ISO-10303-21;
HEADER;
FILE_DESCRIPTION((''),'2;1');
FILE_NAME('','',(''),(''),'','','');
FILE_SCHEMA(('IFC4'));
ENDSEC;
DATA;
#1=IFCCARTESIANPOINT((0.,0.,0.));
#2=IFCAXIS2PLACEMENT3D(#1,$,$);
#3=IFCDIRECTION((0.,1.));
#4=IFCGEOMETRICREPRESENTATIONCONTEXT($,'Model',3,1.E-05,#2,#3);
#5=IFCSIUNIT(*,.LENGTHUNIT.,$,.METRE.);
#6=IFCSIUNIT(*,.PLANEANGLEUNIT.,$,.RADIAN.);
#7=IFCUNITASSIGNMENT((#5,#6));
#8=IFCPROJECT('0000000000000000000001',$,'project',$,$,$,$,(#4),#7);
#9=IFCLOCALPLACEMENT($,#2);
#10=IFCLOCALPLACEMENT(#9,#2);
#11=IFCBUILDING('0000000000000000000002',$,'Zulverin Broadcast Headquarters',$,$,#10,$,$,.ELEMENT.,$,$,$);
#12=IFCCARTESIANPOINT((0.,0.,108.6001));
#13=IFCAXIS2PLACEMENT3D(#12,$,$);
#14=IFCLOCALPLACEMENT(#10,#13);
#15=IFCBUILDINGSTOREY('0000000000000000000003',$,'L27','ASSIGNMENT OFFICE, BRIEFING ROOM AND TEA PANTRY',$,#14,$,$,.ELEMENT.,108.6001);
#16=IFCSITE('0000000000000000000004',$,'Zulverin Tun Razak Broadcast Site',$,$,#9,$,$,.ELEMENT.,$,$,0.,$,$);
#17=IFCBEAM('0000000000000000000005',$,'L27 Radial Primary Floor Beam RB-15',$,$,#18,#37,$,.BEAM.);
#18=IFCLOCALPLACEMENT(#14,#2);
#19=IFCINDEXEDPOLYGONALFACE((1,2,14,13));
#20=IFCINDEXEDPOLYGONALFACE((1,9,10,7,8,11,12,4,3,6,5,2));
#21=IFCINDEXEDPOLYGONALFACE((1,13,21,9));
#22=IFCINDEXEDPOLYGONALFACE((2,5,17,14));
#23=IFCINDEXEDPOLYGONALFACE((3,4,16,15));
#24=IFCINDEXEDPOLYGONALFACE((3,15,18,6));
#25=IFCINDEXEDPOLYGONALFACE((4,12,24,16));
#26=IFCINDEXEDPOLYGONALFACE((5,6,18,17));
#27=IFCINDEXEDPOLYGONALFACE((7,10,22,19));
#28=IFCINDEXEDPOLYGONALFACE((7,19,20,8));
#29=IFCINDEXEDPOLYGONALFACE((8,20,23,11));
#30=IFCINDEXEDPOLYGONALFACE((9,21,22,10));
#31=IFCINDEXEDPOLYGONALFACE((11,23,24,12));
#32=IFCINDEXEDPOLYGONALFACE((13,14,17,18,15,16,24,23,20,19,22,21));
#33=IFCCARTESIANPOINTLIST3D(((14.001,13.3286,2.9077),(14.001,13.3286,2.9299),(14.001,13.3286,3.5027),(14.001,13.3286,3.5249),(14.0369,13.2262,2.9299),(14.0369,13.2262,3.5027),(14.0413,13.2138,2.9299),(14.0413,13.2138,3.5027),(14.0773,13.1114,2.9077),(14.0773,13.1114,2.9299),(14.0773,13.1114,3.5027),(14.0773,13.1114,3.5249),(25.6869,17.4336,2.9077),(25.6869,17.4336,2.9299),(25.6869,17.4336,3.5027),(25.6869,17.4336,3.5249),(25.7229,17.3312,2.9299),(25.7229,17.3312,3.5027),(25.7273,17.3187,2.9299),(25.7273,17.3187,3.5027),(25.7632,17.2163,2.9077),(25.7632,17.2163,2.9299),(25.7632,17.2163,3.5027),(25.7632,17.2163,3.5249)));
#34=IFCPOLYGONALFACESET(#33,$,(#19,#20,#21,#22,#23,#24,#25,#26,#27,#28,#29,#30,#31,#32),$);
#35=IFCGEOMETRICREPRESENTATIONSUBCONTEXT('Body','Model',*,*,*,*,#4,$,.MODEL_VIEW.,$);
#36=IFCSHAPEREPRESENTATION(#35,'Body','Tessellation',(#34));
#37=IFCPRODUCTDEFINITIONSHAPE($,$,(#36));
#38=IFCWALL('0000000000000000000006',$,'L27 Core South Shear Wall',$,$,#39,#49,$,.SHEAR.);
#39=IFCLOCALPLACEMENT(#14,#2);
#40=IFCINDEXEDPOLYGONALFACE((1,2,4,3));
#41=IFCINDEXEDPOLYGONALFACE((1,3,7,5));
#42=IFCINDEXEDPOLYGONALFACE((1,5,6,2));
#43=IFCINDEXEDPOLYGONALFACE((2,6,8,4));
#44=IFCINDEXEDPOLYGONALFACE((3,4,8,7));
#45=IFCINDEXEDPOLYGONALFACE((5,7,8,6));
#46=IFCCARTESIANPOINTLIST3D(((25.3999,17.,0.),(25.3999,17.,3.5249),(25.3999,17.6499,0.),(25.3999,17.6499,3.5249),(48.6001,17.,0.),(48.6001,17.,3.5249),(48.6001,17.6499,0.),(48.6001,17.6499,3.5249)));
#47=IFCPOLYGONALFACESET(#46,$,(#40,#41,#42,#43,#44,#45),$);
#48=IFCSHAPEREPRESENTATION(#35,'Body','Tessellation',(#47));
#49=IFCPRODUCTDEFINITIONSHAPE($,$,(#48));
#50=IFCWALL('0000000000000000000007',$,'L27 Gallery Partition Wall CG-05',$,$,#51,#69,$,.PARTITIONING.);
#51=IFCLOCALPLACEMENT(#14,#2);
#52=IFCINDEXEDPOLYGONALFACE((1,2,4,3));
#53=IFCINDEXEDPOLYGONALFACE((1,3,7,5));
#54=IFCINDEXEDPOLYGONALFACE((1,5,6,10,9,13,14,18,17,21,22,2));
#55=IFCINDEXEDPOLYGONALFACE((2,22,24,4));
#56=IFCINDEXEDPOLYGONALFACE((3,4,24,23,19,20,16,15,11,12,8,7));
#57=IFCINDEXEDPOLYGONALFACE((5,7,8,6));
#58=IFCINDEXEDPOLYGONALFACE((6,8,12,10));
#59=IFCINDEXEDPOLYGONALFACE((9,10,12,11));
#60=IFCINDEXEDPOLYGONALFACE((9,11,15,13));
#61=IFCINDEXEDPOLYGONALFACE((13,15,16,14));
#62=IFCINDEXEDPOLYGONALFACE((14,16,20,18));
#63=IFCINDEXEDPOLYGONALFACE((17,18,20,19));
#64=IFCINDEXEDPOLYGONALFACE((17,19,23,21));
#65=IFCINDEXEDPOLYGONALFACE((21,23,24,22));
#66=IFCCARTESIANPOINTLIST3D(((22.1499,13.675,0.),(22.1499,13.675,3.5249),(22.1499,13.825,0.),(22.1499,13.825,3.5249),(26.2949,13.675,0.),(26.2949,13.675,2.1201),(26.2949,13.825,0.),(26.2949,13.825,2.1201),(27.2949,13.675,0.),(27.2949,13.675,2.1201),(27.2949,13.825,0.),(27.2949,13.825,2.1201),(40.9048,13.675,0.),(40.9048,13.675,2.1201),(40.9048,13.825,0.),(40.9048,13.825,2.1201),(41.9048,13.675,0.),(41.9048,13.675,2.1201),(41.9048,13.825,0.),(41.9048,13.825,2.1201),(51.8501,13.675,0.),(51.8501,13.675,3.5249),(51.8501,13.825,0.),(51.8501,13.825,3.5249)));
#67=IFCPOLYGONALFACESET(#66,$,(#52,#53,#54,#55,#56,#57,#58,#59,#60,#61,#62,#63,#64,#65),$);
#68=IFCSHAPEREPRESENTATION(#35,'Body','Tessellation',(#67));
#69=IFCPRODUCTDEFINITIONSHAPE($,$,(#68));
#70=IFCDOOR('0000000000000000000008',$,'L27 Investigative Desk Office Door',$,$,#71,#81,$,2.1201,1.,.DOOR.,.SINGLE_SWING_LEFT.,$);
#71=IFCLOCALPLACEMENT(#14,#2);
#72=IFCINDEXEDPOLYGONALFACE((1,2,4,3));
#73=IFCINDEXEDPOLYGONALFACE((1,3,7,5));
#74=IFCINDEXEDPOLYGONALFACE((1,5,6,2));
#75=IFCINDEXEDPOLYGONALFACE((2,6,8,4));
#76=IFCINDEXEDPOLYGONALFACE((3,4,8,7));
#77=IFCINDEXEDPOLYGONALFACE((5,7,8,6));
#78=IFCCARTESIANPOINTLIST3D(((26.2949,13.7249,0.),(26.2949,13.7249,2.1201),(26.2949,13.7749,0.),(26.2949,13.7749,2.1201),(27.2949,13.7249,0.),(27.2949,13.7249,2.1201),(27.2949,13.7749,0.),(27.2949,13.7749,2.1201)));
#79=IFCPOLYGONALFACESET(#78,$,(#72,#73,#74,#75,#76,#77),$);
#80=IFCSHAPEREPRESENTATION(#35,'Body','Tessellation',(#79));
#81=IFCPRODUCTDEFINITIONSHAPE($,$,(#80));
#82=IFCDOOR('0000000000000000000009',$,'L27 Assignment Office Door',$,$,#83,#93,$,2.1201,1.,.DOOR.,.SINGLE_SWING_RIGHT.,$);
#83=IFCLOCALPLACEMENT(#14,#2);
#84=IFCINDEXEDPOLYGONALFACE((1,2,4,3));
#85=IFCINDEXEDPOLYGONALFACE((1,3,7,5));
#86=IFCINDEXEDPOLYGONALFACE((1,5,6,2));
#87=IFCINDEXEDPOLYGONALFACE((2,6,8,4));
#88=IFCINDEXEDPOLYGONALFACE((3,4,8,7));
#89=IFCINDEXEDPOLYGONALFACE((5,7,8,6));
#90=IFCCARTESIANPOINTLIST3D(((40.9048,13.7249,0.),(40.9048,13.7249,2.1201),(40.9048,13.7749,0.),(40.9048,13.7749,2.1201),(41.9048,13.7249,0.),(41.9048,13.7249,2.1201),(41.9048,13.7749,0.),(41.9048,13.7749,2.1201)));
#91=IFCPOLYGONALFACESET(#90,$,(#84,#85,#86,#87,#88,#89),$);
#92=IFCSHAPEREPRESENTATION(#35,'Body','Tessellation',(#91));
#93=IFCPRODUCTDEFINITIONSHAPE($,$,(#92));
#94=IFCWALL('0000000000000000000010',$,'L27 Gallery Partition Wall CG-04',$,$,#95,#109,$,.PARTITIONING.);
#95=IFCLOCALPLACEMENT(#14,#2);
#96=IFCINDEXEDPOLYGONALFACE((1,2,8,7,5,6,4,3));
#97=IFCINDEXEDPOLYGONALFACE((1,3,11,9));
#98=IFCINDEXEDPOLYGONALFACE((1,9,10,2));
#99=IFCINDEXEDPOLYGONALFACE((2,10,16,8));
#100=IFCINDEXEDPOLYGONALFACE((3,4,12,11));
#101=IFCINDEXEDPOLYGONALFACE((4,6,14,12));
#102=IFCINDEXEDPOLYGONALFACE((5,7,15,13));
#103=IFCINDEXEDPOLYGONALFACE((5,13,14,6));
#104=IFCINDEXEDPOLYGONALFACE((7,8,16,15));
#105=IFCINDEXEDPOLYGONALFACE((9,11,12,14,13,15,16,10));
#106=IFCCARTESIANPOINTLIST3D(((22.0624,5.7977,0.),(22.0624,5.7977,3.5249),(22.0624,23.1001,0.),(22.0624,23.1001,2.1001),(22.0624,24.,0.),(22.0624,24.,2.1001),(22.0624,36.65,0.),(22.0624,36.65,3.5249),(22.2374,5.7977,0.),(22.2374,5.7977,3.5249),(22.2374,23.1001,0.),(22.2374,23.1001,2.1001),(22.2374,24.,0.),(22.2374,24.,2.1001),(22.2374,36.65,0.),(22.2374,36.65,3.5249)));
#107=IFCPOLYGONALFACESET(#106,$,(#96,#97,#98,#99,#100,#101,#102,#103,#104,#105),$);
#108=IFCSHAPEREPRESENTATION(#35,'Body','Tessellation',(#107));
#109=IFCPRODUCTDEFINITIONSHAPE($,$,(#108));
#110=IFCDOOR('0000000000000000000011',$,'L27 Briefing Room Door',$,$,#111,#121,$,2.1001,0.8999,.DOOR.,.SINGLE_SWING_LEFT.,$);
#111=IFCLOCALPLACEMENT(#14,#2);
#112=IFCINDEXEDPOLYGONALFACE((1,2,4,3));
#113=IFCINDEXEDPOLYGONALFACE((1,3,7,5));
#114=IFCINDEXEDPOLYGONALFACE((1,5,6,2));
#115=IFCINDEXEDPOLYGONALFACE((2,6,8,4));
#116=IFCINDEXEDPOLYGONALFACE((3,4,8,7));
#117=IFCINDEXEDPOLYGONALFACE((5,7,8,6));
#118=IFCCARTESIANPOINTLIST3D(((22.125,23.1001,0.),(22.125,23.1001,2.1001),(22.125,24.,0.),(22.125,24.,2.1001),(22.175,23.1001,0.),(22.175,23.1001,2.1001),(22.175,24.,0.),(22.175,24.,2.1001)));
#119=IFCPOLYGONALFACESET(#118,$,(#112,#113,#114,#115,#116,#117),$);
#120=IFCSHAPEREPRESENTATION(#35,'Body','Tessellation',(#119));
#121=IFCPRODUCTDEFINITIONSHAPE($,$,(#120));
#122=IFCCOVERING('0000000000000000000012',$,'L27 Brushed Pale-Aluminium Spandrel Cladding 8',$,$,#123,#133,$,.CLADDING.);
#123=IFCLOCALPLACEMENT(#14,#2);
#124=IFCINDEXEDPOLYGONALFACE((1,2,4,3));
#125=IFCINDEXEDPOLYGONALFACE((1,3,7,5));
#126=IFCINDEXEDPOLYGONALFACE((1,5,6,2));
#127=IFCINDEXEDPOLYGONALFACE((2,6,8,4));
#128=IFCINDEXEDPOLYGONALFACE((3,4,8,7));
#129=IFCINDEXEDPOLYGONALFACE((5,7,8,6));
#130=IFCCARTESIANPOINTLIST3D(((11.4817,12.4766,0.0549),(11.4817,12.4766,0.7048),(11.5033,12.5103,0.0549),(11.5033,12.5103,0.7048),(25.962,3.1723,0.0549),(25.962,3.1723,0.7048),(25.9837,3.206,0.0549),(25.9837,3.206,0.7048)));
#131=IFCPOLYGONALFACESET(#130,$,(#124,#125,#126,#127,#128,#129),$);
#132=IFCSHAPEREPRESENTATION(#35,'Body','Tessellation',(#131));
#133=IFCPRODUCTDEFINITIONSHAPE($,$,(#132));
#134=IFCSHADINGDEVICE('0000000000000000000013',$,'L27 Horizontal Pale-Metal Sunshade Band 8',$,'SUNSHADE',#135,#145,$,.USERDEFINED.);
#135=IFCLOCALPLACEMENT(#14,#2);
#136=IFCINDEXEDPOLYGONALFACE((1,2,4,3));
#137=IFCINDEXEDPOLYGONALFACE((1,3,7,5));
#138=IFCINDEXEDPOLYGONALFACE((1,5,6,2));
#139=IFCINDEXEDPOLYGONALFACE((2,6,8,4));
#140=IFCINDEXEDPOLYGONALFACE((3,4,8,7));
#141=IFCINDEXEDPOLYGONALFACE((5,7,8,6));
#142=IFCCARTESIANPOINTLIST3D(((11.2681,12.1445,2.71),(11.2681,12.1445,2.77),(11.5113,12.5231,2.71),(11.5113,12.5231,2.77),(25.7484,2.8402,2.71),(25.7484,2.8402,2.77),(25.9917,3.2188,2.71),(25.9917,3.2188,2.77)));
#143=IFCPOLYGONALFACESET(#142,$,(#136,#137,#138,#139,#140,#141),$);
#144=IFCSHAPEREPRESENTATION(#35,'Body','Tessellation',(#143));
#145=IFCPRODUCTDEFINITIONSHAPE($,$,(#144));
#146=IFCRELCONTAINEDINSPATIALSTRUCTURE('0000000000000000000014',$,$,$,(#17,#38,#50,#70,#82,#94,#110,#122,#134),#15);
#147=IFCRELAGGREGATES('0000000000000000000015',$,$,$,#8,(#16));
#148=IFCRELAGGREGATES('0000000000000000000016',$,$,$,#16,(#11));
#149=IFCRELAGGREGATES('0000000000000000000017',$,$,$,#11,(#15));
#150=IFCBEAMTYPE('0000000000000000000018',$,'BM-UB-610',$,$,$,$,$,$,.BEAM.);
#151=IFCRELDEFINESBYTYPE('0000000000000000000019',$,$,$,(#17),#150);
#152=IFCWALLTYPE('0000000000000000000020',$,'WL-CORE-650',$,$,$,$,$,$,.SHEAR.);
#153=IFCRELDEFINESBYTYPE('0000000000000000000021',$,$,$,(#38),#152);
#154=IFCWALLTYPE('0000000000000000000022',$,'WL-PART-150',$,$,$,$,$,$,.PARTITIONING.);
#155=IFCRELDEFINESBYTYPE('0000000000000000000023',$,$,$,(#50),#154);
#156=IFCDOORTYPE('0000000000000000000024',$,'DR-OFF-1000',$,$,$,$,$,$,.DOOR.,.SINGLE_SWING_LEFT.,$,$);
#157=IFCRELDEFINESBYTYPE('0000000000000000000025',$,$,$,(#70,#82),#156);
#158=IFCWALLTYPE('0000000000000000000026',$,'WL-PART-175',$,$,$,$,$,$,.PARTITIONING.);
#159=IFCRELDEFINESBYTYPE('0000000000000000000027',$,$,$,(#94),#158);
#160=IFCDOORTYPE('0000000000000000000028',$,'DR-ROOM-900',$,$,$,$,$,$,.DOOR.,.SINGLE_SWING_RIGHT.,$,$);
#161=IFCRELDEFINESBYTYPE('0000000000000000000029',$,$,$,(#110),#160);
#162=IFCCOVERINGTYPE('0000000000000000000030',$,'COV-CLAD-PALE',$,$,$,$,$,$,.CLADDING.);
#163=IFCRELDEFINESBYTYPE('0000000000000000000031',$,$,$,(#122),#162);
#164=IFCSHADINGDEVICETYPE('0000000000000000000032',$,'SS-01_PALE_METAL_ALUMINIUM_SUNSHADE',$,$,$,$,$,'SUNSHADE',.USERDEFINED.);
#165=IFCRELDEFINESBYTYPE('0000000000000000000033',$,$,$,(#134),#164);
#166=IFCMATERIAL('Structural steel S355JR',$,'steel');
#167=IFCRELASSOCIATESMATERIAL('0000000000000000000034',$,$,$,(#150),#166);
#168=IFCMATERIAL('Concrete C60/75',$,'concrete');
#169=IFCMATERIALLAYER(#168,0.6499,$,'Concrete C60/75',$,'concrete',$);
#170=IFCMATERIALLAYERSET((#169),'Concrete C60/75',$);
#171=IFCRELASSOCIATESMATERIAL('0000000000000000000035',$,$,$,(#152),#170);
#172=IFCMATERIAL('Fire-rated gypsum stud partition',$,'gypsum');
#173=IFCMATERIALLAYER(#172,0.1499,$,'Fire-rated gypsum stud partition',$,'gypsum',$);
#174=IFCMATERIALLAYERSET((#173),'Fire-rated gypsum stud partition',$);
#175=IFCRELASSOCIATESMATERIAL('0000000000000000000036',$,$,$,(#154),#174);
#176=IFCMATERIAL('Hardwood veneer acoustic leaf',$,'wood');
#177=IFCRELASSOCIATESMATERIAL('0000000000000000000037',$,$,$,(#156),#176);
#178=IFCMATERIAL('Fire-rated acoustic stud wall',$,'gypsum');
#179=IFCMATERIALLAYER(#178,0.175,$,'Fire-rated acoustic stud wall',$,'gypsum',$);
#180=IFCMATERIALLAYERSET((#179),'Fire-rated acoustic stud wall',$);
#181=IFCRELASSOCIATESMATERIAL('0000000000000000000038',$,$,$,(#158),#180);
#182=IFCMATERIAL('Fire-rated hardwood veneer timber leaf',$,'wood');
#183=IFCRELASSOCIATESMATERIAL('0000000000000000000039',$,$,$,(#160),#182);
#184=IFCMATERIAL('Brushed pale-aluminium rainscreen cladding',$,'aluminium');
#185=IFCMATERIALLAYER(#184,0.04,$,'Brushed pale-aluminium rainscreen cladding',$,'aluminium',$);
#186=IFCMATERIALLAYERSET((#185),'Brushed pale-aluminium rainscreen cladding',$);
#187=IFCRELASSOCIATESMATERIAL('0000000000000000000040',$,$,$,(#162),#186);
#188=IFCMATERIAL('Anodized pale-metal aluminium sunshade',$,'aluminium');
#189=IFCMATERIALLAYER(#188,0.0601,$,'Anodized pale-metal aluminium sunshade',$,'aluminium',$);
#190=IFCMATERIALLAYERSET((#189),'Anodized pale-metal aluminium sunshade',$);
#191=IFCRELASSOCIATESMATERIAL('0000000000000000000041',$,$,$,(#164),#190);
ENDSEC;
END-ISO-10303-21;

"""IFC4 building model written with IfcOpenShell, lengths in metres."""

from ifc_helpers import new_model, si_unit, direction, frame, frame_2d, origin, origin_2d, place, context, subcontext, project, spatial, rectangle, i_section, extrude, material, layer, layer_set, material_profile, profile_set, type_object, element, fill, save


model = new_model("IFC4")

# Units and contexts
model_context = context("Model", 3, precision=1e-05, world=origin(), true_north=direction((0.0, 1.0)))
body_context = subcontext(model_context, "Body", "Model", "MODEL_VIEW")
ifc_project = project(units=[si_unit("LENGTHUNIT", "METRE"), si_unit("PLANEANGLEUNIT", "RADIAN")], contexts=[model_context])

# Site, building, storey
site_placement = place(None, origin())
site = spatial("IfcSite", under=ifc_project, at=site_placement, Name="Zulverin Tun Razak Broadcast Site", CompositionType="ELEMENT", RefElevation=0.0)
building_placement = place(site_placement, origin())
building = spatial("IfcBuilding", under=site, at=building_placement, Name="Zulverin Broadcast Headquarters", CompositionType="ELEMENT")
storey_placement = place(building_placement, frame((0.0, 0.0, 108.6001)))
storey = spatial("IfcBuildingStorey", under=building, at=storey_placement, Name="L27", Description="ASSIGNMENT OFFICE, BRIEFING ROOM AND TEA PANTRY", CompositionType="ELEMENT", Elevation=108.6001)

# Shared definitions
ifc_material_1 = material(Name="Concrete C60/75", Category="concrete")

# Beam
ifc_material_2 = material(Name="Structural steel S355JR", Category="steel")
ifc_material_profile_1 = material_profile(ifc_material_2, i_section(OverallWidth=0.2302, OverallDepth=0.6172, WebThickness=0.0132, FlangeThickness=0.0222, at=origin_2d()), Name="Structural steel S355JR", Category="steel")
ifc_profile_set_1 = profile_set([ifc_material_profile_1], Name="Structural steel S355JR")
beam_type_1 = type_object("IfcBeamType", Name="BM-UB-610", PredefinedType="BEAM", material=ifc_profile_set_1)
beam_1_placement = place(storey_placement, frame((25.7251, 17.325, 3.2163), z_axis=(-0.943483, -0.33142, 0.0), x_axis=(0.33142, -0.943483, 0.0)))
element("IfcBeam", 1, at=beam_1_placement, inside=storey, type_object=beam_type_1, Name="L27 Radial Primary Floor Beam RB-15", PredefinedType="BEAM", context=body_context, shape_type="SweptSolid", body=[
    extrude(i_section(OverallWidth=0.2302, OverallDepth=0.6172, WebThickness=0.0132, FlangeThickness=0.0222, at=origin_2d()), origin(), (0.0, 0.0, 1.0), 12.386),
])

# Wall
ifc_layer_1 = layer(ifc_material_1, 0.6499, Name="Concrete C60/75", Category="concrete")
ifc_layer_set_1 = layer_set([ifc_layer_1], Name="Concrete C60/75")
wall_type_1 = type_object("IfcWallType", Name="WL-CORE-650", PredefinedType="SHEAR", material=ifc_layer_set_1)
wall_1_placement = place(storey_placement, frame((25.3999, 17.325, 0.0), z_axis=(0.0, 0.0, 1.0), x_axis=(1.0, 0.0, 0.0)))
element("IfcWall", 2, at=wall_1_placement, inside=storey, type_object=wall_type_1, Name="L27 Core South Shear Wall", PredefinedType="SHEAR", context=body_context, shape_type="SweptSolid", body=[
    extrude(rectangle(XDim=23.2002, YDim=0.6499, at=frame_2d((11.6001, 0.0))), origin(), (0.0, 0.0, 1.0), 3.5249),
])

# Wall, openings, doors
ifc_material_3 = material(Name="Fire-rated gypsum stud partition", Category="gypsum")
ifc_layer_2 = layer(ifc_material_3, 0.1499, Name="Fire-rated gypsum stud partition", Category="gypsum")
ifc_layer_set_2 = layer_set([ifc_layer_2], Name="Fire-rated gypsum stud partition")
wall_type_2 = type_object("IfcWallType", Name="WL-PART-150", PredefinedType="PARTITIONING", material=ifc_layer_set_2)
wall_2_placement = place(storey_placement, frame((22.1499, 13.75, 0.0), z_axis=(0.0, 0.0, 1.0), x_axis=(1.0, 0.0, 0.0)))
wall_2 = element("IfcWall", 3, at=wall_2_placement, inside=storey, type_object=wall_type_2, Name="L27 Gallery Partition Wall CG-05", PredefinedType="PARTITIONING", context=body_context, shape_type="SweptSolid", body=[
    extrude(rectangle(XDim=29.7002, YDim=0.1499, at=frame_2d((14.8501, 0.0))), origin(), (0.0, 0.0, 1.0), 3.5249),
])
opening_1_placement = place(wall_2_placement, frame((4.145, 0.0, 0.0)))
opening_1 = element("IfcOpeningElement", 4, at=opening_1_placement, cuts=wall_2, PredefinedType="OPENING", context=body_context, shape_type="SweptSolid", body=[
    extrude(rectangle(XDim=1.0, YDim=2.1201, at=frame_2d((0.5, 1.0601))), frame((0.0, 0.085, 0.0), z_axis=(0.0, -1.0, 0.0), x_axis=(1.0, 0.0, 0.0)), (0.0, 0.0, 1.0), 0.1699),
])
opening_2_placement = place(wall_2_placement, frame((18.7549, 0.0, 0.0)))
opening_2 = element("IfcOpeningElement", 5, at=opening_2_placement, cuts=wall_2, PredefinedType="OPENING", context=body_context, shape_type="SweptSolid", body=[
    extrude(rectangle(XDim=1.0, YDim=2.1201, at=frame_2d((0.5, 1.0601))), frame((0.0, 0.085, 0.0), z_axis=(0.0, -1.0, 0.0), x_axis=(1.0, 0.0, 0.0)), (0.0, 0.0, 1.0), 0.1699),
])
ifc_material_4 = material(Name="Hardwood veneer acoustic leaf", Category="wood")
door_type_1 = type_object("IfcDoorType", Name="DR-OFF-1000", OperationType="SINGLE_SWING_LEFT", PredefinedType="DOOR", material=ifc_material_4)
door_1_placement = place(opening_1_placement, origin())
door_1 = element("IfcDoor", 6, at=door_1_placement, inside=storey, type_object=door_type_1, Name="L27 Investigative Desk Office Door", OperationType="SINGLE_SWING_LEFT", OverallHeight=2.1201, OverallWidth=1.0, PredefinedType="DOOR", context=body_context, shape_type="SweptSolid", body=[
    extrude(rectangle(XDim=1.0, YDim=2.1201, at=frame_2d((0.5, 1.0601))), frame((0.0, 0.0249, 0.0), z_axis=(0.0, -1.0, 0.0), x_axis=(1.0, 0.0, 0.0)), (0.0, 0.0, 1.0), 0.05),
])
fill(opening_1, door_1)
door_2_placement = place(opening_2_placement, origin())
door_2 = element("IfcDoor", 7, at=door_2_placement, inside=storey, type_object=door_type_1, Name="L27 Assignment Office Door", OperationType="SINGLE_SWING_RIGHT", OverallHeight=2.1201, OverallWidth=1.0, PredefinedType="DOOR", context=body_context, shape_type="SweptSolid", body=[
    extrude(rectangle(XDim=1.0, YDim=2.1201, at=frame_2d((0.5, 1.0601))), frame((0.0, 0.0249, 0.0), z_axis=(0.0, -1.0, 0.0), x_axis=(1.0, 0.0, 0.0)), (0.0, 0.0, 1.0), 0.05),
])
fill(opening_2, door_2)

# Wall, opening, door
ifc_material_5 = material(Name="Fire-rated acoustic stud wall", Category="gypsum")
ifc_layer_3 = layer(ifc_material_5, 0.175, Name="Fire-rated acoustic stud wall", Category="gypsum")
ifc_layer_set_3 = layer_set([ifc_layer_3], Name="Fire-rated acoustic stud wall")
wall_type_3 = type_object("IfcWallType", Name="WL-PART-175", PredefinedType="PARTITIONING", material=ifc_layer_set_3)
wall_3_placement = place(storey_placement, frame((22.1499, 5.7976, 0.0), z_axis=(0.0, 0.0, 1.0), x_axis=(0.0, 1.0, 0.0)))
wall_3 = element("IfcWall", 8, at=wall_3_placement, inside=storey, type_object=wall_type_3, Name="L27 Gallery Partition Wall CG-04", PredefinedType="PARTITIONING", context=body_context, shape_type="SweptSolid", body=[
    extrude(rectangle(XDim=30.8523, YDim=0.175, at=frame_2d((15.4263, 0.0))), origin(), (0.0, 0.0, 1.0), 3.5249),
])
opening_3_placement = place(wall_3_placement, frame((17.3025, 0.0, 0.0)))
opening_3 = element("IfcOpeningElement", 9, at=opening_3_placement, cuts=wall_3, PredefinedType="OPENING", context=body_context, shape_type="SweptSolid", body=[
    extrude(rectangle(XDim=0.8999, YDim=2.1001, at=frame_2d((0.45, 1.05))), frame((0.0, 0.0974, 0.0), z_axis=(0.0, -1.0, 0.0), x_axis=(1.0, 0.0, 0.0)), (0.0, 0.0, 1.0), 0.1951),
])
ifc_material_6 = material(Name="Fire-rated hardwood veneer timber leaf", Category="wood")
door_type_2 = type_object("IfcDoorType", Name="DR-ROOM-900", OperationType="SINGLE_SWING_RIGHT", PredefinedType="DOOR", material=ifc_material_6)
door_3_placement = place(opening_3_placement, origin())
door_3 = element("IfcDoor", 10, at=door_3_placement, inside=storey, type_object=door_type_2, Name="L27 Briefing Room Door", OperationType="SINGLE_SWING_LEFT", OverallHeight=2.1001, OverallWidth=0.8999, PredefinedType="DOOR", context=body_context, shape_type="SweptSolid", body=[
    extrude(rectangle(XDim=0.8999, YDim=2.1001, at=frame_2d((0.45, 1.05))), frame((0.0, 0.0249, 0.0), z_axis=(0.0, -1.0, 0.0), x_axis=(1.0, 0.0, 0.0)), (0.0, 0.0, 1.0), 0.05),
])
fill(opening_3, door_3)

# Covering
ifc_material_7 = material(Name="Brushed pale-aluminium rainscreen cladding", Category="aluminium")
ifc_layer_4 = layer(ifc_material_7, 0.04, Name="Brushed pale-aluminium rainscreen cladding", Category="aluminium")
ifc_layer_set_4 = layer_set([ifc_layer_4], Name="Brushed pale-aluminium rainscreen cladding")
covering_type = type_object("IfcCoveringType", Name="COV-CLAD-PALE", PredefinedType="CLADDING", material=ifc_layer_set_4)
covering_placement = place(storey_placement, frame((18.7327, 7.8413, 0.0549), z_axis=(0.0, 0.0, 1.0), x_axis=(0.841297, -0.540574, 0.0)))
element("IfcCovering", 11, at=covering_placement, inside=storey, type_object=covering_type, Name="L27 Brushed Pale-Aluminium Spandrel Cladding 8", PredefinedType="CLADDING", context=body_context, shape_type="SweptSolid", body=[
    extrude(rectangle(XDim=17.2119, YDim=0.04, at=origin_2d()), origin(), (0.0, 0.0, 1.0), 0.6499),
])

# Shading device
ifc_material_8 = material(Name="Anodized pale-metal aluminium sunshade", Category="aluminium")
ifc_layer_5 = layer(ifc_material_8, 0.0601, Name="Anodized pale-metal aluminium sunshade", Category="aluminium")
ifc_layer_set_5 = layer_set([ifc_layer_5], Name="Anodized pale-metal aluminium sunshade")
shading_device_type = type_object("IfcShadingDeviceType", Name="SS-01_PALE_METAL_ALUMINIUM_SUNSHADE", ElementType="SUNSHADE", PredefinedType="USERDEFINED", material=ifc_layer_set_5)
shading_device_placement = place(storey_placement, frame((18.6299, 7.6816, 2.71), z_axis=(0.0, 0.0, 1.0), x_axis=(0.841297, -0.540574, 0.0)))
element("IfcShadingDevice", 12, at=shading_device_placement, inside=storey, type_object=shading_device_type, Name="L27 Horizontal Pale-Metal Sunshade Band 8", ObjectType="SUNSHADE", PredefinedType="USERDEFINED", context=body_context, shape_type="SweptSolid", body=[
    extrude(rectangle(XDim=17.2119, YDim=0.45, at=origin_2d()), origin(), (0.0, 0.0, 1.0), 0.0601),
])

save(model, "model.ifc")
